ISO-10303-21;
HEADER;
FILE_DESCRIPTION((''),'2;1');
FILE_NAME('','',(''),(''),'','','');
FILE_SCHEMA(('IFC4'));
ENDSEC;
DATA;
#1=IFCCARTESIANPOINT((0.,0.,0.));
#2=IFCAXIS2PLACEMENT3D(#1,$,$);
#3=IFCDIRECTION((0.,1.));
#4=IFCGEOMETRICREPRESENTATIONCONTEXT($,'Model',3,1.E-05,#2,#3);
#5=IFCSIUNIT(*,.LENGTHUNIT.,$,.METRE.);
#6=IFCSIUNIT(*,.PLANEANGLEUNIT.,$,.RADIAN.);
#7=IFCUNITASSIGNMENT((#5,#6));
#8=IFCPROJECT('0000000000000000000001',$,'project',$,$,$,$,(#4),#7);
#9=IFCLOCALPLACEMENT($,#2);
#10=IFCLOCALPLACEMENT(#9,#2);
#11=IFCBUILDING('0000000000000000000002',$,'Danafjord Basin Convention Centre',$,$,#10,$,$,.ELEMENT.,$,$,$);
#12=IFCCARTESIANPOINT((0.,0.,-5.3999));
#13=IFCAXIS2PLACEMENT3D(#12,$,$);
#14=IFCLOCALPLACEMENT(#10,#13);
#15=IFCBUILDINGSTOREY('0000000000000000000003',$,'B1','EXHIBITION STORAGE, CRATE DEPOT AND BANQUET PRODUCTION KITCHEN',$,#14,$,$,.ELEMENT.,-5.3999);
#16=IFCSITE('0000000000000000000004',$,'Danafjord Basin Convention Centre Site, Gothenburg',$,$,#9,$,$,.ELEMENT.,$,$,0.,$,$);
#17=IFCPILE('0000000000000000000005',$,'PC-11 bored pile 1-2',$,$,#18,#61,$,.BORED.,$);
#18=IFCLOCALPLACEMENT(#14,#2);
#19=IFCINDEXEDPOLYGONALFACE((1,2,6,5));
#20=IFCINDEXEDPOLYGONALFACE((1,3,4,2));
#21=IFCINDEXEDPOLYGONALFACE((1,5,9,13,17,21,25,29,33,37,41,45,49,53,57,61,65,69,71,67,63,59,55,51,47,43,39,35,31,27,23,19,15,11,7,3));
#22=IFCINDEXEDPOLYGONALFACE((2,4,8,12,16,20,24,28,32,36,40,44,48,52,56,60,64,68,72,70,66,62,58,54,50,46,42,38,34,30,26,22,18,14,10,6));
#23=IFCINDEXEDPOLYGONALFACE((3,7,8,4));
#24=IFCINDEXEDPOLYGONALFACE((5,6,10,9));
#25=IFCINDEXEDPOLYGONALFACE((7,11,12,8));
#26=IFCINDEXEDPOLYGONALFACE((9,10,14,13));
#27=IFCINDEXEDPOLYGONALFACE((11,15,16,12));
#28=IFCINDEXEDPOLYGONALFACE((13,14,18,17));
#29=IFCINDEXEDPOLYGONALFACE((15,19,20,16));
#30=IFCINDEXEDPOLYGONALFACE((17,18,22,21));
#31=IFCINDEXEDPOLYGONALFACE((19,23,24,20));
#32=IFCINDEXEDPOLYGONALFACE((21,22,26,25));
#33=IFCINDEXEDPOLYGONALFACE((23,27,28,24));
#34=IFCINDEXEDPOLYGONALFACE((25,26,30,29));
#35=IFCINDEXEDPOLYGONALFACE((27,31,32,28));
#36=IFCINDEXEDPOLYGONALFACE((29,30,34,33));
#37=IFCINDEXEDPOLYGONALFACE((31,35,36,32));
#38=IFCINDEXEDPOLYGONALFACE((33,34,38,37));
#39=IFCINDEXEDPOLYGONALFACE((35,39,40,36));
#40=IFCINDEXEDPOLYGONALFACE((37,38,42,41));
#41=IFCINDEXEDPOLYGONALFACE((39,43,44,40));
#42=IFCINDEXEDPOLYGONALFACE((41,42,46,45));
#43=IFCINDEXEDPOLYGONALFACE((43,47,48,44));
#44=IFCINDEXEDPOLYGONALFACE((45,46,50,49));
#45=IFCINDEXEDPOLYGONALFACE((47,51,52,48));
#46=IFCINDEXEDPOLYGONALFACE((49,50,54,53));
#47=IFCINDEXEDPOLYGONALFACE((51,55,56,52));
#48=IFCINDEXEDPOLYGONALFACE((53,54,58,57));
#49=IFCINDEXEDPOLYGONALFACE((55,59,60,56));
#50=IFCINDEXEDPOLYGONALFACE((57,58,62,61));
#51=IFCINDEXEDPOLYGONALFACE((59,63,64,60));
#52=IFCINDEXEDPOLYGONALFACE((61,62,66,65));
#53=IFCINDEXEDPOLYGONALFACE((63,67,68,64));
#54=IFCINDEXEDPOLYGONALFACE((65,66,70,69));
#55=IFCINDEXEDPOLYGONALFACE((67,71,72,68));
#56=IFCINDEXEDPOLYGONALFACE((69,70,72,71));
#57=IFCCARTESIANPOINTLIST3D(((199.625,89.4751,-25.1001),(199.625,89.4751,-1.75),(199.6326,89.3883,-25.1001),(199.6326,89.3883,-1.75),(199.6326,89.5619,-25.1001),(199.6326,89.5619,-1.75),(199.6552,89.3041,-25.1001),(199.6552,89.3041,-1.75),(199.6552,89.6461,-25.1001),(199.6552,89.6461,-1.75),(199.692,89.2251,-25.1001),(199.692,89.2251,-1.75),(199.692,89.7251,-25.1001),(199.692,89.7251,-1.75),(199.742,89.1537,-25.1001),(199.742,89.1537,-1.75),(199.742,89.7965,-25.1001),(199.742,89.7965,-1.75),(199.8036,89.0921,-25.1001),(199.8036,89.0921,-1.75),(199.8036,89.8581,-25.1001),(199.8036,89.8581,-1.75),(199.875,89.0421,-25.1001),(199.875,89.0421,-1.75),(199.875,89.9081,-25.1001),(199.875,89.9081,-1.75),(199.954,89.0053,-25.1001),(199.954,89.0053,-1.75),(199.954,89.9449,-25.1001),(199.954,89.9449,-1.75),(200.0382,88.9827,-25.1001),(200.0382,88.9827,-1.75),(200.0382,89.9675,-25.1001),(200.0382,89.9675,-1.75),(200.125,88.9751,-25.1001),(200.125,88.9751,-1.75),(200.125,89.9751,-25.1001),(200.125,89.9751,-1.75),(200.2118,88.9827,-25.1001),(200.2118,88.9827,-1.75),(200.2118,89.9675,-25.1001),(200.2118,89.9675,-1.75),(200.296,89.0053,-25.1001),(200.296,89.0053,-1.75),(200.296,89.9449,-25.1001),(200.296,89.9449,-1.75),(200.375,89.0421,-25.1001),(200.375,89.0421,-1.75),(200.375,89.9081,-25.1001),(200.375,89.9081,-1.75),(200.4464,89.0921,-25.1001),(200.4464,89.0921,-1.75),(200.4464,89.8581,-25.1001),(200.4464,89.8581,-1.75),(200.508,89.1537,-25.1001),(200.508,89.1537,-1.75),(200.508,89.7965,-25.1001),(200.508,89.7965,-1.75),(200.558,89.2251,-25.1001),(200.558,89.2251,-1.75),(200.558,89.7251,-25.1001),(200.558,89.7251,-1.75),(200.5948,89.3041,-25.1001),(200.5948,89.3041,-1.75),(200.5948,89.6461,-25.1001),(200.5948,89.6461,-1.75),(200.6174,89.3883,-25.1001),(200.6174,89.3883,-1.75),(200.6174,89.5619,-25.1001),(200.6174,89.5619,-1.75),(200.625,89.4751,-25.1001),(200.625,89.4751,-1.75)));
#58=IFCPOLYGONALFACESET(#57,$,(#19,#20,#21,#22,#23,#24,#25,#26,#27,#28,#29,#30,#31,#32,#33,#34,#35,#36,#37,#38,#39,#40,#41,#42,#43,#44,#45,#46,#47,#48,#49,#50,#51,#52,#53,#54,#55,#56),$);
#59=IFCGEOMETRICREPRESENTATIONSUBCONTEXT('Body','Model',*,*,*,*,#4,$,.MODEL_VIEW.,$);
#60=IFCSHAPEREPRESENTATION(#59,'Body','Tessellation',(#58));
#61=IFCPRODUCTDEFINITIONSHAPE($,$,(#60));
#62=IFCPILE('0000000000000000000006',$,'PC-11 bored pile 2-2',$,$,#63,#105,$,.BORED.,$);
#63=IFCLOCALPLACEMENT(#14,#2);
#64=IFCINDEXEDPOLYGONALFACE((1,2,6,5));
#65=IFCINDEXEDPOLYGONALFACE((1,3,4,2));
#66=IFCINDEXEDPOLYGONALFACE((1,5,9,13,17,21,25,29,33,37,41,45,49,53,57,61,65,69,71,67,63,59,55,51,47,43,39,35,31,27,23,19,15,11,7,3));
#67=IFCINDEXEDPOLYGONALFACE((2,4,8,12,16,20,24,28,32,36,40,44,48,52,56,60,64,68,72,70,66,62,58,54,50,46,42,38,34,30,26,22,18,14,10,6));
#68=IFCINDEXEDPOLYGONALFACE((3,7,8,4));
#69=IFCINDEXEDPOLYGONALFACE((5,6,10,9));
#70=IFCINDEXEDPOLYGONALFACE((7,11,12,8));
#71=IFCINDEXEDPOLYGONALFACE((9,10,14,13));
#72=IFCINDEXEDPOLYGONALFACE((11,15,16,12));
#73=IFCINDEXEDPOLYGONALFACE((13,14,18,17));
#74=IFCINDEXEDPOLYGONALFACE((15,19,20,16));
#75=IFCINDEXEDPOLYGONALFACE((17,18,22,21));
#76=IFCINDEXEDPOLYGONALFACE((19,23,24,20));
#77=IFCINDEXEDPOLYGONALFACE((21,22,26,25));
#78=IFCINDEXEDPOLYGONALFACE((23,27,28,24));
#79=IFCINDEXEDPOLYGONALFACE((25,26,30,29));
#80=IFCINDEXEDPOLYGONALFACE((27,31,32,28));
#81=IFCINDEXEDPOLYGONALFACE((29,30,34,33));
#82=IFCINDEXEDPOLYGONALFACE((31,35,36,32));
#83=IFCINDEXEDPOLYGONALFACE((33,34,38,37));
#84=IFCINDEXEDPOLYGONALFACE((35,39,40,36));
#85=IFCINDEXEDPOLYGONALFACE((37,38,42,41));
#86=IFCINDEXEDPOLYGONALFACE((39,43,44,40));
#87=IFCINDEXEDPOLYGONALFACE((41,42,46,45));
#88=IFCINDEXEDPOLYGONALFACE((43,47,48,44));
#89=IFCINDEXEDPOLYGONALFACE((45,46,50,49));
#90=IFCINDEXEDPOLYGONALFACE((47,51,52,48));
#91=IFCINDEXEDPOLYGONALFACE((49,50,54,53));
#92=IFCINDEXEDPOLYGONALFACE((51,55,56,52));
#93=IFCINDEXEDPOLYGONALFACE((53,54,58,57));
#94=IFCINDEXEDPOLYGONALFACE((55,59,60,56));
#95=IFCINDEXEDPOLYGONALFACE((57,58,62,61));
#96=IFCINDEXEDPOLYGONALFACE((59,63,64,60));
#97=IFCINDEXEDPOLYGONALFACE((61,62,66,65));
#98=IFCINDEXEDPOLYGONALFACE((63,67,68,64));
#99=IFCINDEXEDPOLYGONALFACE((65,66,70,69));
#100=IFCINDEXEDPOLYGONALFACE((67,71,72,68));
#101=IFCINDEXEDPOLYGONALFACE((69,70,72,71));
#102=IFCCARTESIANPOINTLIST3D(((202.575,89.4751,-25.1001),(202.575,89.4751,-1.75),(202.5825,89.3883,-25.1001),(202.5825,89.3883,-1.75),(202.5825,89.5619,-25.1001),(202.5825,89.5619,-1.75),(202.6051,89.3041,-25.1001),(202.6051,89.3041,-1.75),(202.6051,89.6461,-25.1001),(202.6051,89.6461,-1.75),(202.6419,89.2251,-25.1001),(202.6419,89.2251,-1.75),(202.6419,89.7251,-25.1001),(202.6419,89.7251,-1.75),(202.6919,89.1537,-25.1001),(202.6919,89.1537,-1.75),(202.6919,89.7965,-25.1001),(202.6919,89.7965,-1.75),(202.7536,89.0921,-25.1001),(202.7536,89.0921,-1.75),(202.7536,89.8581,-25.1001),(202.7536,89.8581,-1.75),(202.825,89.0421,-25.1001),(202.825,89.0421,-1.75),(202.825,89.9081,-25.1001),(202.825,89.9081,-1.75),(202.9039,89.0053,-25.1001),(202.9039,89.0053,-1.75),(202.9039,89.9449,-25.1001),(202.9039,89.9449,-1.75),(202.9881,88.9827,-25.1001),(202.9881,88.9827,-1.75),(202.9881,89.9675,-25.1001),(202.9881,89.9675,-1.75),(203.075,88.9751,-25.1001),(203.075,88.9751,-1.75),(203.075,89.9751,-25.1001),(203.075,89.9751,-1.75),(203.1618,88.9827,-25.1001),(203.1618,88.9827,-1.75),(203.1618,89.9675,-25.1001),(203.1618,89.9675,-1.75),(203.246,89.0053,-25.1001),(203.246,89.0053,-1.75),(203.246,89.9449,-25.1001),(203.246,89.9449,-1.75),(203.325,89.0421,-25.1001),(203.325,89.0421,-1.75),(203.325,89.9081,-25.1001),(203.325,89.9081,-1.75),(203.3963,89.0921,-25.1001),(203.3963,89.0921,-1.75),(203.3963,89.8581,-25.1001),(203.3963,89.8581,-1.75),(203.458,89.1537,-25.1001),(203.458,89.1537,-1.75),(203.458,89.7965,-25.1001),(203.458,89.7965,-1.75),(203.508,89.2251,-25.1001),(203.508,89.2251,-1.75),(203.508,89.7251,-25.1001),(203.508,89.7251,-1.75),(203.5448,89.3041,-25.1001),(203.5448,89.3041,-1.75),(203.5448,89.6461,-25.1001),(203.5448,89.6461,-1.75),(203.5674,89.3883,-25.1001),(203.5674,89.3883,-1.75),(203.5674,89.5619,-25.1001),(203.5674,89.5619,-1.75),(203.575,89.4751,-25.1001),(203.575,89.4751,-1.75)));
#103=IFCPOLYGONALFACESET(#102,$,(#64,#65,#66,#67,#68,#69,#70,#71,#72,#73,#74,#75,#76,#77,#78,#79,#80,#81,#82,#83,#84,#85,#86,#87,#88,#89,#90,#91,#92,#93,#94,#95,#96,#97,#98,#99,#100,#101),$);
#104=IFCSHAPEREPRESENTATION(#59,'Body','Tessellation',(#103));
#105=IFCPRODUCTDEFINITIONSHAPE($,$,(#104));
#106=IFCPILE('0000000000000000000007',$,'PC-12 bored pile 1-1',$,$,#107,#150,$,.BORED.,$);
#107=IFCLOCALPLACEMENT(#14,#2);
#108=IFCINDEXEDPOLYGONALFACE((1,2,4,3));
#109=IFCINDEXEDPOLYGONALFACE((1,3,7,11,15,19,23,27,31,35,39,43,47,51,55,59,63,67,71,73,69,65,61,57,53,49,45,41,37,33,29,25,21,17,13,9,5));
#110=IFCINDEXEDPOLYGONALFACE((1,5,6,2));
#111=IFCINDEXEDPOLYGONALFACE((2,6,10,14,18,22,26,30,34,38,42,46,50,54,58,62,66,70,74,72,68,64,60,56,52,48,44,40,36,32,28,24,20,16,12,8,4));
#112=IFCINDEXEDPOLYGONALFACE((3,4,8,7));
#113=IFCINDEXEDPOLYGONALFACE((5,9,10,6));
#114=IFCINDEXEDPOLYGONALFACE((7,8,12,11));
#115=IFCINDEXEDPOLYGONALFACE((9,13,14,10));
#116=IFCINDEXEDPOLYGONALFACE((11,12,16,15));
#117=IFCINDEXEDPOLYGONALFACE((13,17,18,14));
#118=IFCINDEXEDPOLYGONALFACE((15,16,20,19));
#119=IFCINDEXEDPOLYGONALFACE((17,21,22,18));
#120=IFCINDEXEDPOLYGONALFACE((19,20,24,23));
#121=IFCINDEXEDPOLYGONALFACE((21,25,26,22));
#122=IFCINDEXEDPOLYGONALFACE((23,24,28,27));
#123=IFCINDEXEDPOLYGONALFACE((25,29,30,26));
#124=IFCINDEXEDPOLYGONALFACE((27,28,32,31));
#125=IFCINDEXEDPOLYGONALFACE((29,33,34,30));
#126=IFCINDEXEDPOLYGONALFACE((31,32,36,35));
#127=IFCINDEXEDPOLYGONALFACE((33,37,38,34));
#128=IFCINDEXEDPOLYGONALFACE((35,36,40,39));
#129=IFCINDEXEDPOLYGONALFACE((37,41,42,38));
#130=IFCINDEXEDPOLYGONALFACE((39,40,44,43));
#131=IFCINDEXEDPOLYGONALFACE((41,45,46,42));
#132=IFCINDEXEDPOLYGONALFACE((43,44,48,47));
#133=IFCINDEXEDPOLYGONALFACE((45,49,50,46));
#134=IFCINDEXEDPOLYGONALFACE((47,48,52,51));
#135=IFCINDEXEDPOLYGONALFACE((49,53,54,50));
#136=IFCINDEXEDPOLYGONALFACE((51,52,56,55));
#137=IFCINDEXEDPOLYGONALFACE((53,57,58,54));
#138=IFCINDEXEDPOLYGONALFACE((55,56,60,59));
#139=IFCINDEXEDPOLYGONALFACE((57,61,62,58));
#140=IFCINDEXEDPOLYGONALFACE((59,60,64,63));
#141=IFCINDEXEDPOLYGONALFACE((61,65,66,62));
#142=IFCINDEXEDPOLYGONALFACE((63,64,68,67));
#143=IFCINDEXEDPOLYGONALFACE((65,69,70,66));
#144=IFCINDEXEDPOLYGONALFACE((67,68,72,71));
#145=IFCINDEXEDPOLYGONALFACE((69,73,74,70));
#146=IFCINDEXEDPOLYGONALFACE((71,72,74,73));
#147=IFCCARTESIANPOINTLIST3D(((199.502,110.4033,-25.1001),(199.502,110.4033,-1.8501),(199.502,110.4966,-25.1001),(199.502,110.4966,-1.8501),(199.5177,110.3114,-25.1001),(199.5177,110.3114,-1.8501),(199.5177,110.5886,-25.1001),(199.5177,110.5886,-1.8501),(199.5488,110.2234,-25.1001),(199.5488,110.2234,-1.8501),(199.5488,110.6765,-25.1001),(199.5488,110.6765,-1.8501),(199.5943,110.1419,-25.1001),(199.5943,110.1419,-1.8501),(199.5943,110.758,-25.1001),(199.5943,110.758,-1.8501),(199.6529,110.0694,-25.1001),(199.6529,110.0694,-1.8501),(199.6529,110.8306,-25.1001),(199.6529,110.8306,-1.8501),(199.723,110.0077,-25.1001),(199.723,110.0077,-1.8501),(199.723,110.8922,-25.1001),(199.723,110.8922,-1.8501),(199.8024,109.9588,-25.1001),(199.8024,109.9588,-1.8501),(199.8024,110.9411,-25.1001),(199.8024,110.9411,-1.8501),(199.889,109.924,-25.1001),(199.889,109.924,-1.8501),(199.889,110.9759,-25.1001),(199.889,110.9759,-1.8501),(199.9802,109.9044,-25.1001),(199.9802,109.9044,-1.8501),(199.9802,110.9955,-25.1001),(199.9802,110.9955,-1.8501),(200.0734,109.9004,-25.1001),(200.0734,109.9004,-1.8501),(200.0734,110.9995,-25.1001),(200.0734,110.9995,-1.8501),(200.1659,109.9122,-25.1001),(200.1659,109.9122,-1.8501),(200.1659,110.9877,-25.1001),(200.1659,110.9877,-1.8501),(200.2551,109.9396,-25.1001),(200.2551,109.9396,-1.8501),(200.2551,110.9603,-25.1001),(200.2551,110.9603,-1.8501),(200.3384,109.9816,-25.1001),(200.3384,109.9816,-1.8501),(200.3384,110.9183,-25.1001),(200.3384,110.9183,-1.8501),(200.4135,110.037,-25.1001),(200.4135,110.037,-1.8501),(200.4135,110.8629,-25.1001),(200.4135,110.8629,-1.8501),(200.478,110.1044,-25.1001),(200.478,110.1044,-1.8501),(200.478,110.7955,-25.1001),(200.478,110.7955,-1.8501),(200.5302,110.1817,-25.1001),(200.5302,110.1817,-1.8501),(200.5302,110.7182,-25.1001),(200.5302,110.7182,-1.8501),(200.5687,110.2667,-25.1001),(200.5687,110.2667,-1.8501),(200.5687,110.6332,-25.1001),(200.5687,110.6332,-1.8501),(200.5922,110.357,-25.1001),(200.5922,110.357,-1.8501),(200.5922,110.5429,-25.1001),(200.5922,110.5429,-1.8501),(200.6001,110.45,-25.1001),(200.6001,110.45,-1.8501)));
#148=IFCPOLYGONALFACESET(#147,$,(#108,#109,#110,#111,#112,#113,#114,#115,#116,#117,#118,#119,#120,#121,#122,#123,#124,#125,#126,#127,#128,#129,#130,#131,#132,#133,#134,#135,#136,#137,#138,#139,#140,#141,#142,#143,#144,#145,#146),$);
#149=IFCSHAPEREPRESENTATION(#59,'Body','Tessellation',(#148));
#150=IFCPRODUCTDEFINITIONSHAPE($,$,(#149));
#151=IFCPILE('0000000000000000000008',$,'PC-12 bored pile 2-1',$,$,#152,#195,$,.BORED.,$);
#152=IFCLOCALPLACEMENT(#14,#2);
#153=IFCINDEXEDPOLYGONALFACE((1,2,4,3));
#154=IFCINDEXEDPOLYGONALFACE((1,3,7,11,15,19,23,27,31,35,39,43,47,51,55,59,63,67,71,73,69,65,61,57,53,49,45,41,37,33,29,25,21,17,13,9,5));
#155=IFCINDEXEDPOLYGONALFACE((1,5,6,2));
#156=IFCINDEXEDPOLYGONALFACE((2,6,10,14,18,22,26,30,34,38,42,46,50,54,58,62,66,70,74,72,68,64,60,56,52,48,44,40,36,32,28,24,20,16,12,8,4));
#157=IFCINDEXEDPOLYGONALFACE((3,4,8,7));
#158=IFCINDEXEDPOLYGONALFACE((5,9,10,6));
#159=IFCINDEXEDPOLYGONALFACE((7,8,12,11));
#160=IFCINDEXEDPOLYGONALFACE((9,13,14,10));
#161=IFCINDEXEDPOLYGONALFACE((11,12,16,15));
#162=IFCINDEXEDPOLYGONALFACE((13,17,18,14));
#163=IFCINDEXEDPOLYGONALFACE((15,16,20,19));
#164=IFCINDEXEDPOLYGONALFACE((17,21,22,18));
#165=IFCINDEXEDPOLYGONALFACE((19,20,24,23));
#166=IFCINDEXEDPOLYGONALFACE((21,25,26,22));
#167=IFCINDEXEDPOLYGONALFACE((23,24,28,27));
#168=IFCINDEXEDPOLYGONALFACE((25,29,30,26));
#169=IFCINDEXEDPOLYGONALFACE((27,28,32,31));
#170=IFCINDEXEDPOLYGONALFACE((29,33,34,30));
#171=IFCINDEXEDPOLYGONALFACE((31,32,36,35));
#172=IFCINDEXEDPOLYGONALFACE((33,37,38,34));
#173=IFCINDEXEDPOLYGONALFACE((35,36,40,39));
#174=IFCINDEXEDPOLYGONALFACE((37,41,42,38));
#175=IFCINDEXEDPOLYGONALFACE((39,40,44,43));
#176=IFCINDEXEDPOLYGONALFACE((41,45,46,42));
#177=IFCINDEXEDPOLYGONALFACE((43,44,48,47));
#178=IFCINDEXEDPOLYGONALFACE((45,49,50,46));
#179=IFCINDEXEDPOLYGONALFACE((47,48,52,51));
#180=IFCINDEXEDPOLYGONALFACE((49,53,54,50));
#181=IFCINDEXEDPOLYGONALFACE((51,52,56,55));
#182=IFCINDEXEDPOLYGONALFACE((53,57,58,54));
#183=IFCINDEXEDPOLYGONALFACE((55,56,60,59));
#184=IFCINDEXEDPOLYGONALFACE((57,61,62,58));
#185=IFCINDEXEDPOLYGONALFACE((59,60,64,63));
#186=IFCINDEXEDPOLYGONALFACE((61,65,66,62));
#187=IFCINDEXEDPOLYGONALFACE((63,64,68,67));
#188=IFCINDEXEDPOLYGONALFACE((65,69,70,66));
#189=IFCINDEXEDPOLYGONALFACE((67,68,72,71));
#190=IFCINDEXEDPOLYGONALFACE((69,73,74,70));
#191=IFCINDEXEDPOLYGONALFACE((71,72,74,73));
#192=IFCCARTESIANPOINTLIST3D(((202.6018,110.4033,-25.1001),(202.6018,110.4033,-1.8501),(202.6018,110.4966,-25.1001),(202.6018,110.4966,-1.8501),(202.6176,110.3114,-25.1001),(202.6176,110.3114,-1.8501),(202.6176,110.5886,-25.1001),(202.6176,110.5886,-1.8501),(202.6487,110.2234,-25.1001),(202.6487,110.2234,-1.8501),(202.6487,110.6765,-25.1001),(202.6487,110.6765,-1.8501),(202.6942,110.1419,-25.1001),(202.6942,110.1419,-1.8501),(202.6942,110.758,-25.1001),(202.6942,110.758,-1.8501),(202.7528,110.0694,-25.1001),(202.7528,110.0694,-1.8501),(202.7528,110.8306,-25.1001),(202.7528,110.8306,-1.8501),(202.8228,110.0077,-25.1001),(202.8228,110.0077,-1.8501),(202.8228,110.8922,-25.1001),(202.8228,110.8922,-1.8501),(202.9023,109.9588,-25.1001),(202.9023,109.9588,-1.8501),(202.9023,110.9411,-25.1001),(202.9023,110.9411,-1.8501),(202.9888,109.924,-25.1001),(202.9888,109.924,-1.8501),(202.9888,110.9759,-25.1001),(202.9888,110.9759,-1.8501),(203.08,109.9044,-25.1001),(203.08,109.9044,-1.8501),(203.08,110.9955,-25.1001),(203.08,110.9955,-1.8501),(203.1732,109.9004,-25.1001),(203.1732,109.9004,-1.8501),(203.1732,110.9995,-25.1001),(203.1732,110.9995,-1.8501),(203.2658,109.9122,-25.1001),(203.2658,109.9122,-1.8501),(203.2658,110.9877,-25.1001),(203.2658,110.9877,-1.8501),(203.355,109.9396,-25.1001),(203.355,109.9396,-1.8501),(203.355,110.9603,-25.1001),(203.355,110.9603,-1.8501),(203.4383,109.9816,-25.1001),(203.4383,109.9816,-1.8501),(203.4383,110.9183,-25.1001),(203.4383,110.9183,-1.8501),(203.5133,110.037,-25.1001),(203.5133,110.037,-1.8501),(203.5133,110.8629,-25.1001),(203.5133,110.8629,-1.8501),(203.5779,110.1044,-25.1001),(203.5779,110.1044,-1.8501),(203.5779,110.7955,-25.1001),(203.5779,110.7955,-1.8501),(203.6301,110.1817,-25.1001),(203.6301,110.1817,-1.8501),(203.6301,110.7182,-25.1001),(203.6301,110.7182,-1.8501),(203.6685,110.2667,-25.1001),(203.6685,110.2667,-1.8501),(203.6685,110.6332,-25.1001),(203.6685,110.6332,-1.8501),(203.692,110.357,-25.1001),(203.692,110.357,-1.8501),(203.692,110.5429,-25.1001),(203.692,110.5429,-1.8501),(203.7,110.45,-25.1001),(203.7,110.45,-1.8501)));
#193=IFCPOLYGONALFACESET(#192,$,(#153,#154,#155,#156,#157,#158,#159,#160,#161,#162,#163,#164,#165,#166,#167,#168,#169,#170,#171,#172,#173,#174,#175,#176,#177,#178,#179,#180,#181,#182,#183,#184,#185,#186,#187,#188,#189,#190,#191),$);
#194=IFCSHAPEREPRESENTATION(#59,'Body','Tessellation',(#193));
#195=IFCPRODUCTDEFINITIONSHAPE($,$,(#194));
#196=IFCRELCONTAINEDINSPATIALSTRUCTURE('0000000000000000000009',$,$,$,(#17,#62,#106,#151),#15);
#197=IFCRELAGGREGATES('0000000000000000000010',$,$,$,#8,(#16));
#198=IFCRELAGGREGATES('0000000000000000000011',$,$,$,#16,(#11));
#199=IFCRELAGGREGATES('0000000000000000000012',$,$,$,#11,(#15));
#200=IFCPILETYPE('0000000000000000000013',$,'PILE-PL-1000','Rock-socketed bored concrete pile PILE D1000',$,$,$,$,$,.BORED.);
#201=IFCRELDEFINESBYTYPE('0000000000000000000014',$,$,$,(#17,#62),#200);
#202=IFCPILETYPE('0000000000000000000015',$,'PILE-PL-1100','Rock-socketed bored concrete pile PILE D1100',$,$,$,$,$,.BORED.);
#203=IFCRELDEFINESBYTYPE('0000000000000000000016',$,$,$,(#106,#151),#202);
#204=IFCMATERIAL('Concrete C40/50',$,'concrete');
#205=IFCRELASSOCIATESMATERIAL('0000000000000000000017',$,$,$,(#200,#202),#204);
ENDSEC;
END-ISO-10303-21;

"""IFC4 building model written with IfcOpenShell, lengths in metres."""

from ifc_helpers import new_model, si_unit, direction, frame, origin, origin_2d, place, context, subcontext, project, spatial, circle, extrude, material, material_profile, profile_set, type_object, element, save


model = new_model("IFC4")

# Units and contexts
model_context = context("Model", 3, precision=1e-05, world=origin(), true_north=direction((0.0, 1.0)))
body_context = subcontext(model_context, "Body", "Model", "MODEL_VIEW")
ifc_project = project(units=[si_unit("LENGTHUNIT", "METRE"), si_unit("PLANEANGLEUNIT", "RADIAN")], contexts=[model_context])

# Site, building, storey
site_placement = place(None, origin())
site = spatial("IfcSite", under=ifc_project, at=site_placement, Name="Danafjord Basin Convention Centre Site, Gothenburg", CompositionType="ELEMENT", RefElevation=0.0)
building_placement = place(site_placement, origin())
building = spatial("IfcBuilding", under=site, at=building_placement, Name="Danafjord Basin Convention Centre", CompositionType="ELEMENT")
storey_placement = place(building_placement, frame((0.0, 0.0, -5.3999)))
storey = spatial("IfcBuildingStorey", under=building, at=storey_placement, Name="B1", Description="EXHIBITION STORAGE, CRATE DEPOT AND BANQUET PRODUCTION KITCHEN", CompositionType="ELEMENT", Elevation=-5.3999)

# Shared definitions
ifc_material_1 = material(Name="Concrete C40/50", Category="concrete")

# Piles
ifc_material_profile_1 = material_profile(ifc_material_1, circle(Radius=0.5, at=origin_2d()), Name="PILE D1000")
ifc_profile_set_1 = profile_set([ifc_material_profile_1], Name="Concrete C40/50")
pile_type_1 = type_object("IfcPileType", Name="PILE-PL-1000", Description="Rock-socketed bored concrete pile PILE D1000", PredefinedType="BORED", material=ifc_profile_set_1)
for number, where, z_axis, x_axis, name in (
    (1, (200.125, 89.4751, -1.75), (0.0, 0.0, -1.0), (1.0, 0.0, 0.0), "PC-11 bored pile 1-2"),
    (2, (203.075, 89.4751, -1.75), (0.0, 0.0, -1.0), (1.0, 0.0, 0.0), "PC-11 bored pile 2-2"),
):
    element("IfcPile", number, at=place(storey_placement, frame(where, z_axis=z_axis, x_axis=x_axis)), inside=storey, type_object=pile_type_1, Name=name, PredefinedType="BORED", context=body_context, shape_type="SweptSolid", body=[
        extrude(circle(Radius=0.5, at=origin_2d()), origin(), (0.0, 0.0, 1.0), 23.3501),
    ])
ifc_material_profile_2 = material_profile(ifc_material_1, circle(Radius=0.55, at=origin_2d()), Name="PILE D1100")
ifc_profile_set_2 = profile_set([ifc_material_profile_2], Name="Concrete C40/50")
pile_type_2 = type_object("IfcPileType", Name="PILE-PL-1100", Description="Rock-socketed bored concrete pile PILE D1100", PredefinedType="BORED", material=ifc_profile_set_2)
for number, where, z_axis, x_axis, name in (
    (3, (200.05, 110.45, -1.8501), (0.0, 0.0, -1.0), (1.0, 0.0, 0.0), "PC-12 bored pile 1-1"),
    (4, (203.1499, 110.45, -1.8501), (0.0, 0.0, -1.0), (1.0, 0.0, 0.0), "PC-12 bored pile 2-1"),
):
    element("IfcPile", number, at=place(storey_placement, frame(where, z_axis=z_axis, x_axis=x_axis)), inside=storey, type_object=pile_type_2, Name=name, PredefinedType="BORED", context=body_context, shape_type="SweptSolid", body=[
        extrude(circle(Radius=0.55, at=origin_2d()), origin(), (0.0, 0.0, 1.0), 23.25),
    ])

save(model, "model.ifc")
